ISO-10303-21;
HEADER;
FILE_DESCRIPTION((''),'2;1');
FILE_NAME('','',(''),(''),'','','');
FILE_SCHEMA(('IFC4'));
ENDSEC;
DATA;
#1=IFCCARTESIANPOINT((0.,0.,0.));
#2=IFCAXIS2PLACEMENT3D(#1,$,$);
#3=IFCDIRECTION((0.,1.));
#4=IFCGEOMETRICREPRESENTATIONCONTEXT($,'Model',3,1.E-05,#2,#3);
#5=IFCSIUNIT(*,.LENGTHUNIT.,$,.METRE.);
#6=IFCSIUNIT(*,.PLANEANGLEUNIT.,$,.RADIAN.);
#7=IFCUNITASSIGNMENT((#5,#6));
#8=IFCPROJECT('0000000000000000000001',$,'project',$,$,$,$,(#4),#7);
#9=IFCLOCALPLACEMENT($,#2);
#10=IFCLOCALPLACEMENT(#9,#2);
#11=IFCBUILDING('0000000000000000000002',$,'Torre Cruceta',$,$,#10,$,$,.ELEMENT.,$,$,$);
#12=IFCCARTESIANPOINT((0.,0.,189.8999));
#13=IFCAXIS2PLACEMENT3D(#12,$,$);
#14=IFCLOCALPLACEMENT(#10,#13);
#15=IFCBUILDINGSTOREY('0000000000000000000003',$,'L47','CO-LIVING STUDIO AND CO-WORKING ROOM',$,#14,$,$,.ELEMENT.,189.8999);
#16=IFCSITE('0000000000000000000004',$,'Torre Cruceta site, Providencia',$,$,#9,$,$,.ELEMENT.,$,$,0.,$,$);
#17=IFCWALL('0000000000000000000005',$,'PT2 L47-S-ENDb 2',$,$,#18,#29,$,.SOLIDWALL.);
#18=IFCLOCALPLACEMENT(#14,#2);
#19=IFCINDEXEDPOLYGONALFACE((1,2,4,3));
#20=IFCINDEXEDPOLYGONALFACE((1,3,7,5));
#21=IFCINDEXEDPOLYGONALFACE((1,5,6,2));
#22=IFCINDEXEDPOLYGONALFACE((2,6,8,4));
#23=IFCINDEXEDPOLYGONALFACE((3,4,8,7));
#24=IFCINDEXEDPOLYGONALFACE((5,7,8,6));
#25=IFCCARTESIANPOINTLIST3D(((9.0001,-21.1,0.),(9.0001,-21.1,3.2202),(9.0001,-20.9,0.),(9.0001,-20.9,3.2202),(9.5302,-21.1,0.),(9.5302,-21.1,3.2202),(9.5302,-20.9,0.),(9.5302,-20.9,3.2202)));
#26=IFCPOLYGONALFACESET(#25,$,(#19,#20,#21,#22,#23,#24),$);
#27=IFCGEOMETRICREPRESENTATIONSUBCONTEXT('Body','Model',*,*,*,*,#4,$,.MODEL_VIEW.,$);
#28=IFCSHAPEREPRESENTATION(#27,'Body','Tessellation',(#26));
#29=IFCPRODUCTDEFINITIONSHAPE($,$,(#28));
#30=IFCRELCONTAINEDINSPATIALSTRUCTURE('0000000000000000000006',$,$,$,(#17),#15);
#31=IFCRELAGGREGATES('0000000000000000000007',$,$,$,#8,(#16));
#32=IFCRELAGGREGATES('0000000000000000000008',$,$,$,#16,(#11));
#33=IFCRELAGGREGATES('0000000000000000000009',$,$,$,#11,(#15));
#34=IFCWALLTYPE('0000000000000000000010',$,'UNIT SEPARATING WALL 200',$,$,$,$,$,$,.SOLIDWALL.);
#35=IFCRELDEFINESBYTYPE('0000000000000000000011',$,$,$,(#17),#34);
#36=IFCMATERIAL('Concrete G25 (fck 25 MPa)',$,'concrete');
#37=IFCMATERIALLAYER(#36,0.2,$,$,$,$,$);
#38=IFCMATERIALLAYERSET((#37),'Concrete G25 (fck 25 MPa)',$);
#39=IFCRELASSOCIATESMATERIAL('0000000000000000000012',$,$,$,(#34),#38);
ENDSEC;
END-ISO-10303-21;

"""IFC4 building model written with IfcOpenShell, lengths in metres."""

from ifc_helpers import new_model, si_unit, direction, frame, frame_2d, origin, place, context, subcontext, project, spatial, rectangle, extrude, material, layer, layer_set, type_object, element, save


model = new_model("IFC4")

# Units and contexts
model_context = context("Model", 3, precision=1e-05, world=origin(), true_north=direction((0.0, 1.0)))
body_context = subcontext(model_context, "Body", "Model", "MODEL_VIEW")
ifc_project = project(units=[si_unit("LENGTHUNIT", "METRE"), si_unit("PLANEANGLEUNIT", "RADIAN")], contexts=[model_context])

# Site, building, storey
site_placement = place(None, origin())
site = spatial("IfcSite", under=ifc_project, at=site_placement, Name="Torre Cruceta site, Providencia", CompositionType="ELEMENT", RefElevation=0.0)
building_placement = place(site_placement, origin())
building = spatial("IfcBuilding", under=site, at=building_placement, Name="Torre Cruceta", CompositionType="ELEMENT")
storey_placement = place(building_placement, frame((0.0, 0.0, 189.8999)))
storey = spatial("IfcBuildingStorey", under=building, at=storey_placement, Name="L47", Description="CO-LIVING STUDIO AND CO-WORKING ROOM", CompositionType="ELEMENT", Elevation=189.8999)

# Shared definitions
ifc_material_1 = material(Name="Concrete G25 (fck 25 MPa)", Category="concrete")
ifc_layer_1 = layer(ifc_material_1, 0.2)
ifc_layer_set_1 = layer_set([ifc_layer_1], Name="Concrete G25 (fck 25 MPa)")
wall_type_1 = type_object("IfcWallType", Name="UNIT SEPARATING WALL 200", PredefinedType="SOLIDWALL", material=ifc_layer_set_1)

# Wall
wall_1_placement = place(storey_placement, frame((9.0, -21.0, 0.0), z_axis=(0.0, 0.0, 1.0), x_axis=(1.0, 0.0, 0.0)))
element("IfcWall", 1, at=wall_1_placement, inside=storey, type_object=wall_type_1, Name="PT2 L47-S-ENDb 2", PredefinedType="SOLIDWALL", context=body_context, shape_type="SweptSolid", body=[
    extrude(rectangle(XDim=0.53, YDim=0.2, at=frame_2d((0.2651, 0.0))), origin(), (0.0, 0.0, 1.0), 3.2202),
])

save(model, "model.ifc")
